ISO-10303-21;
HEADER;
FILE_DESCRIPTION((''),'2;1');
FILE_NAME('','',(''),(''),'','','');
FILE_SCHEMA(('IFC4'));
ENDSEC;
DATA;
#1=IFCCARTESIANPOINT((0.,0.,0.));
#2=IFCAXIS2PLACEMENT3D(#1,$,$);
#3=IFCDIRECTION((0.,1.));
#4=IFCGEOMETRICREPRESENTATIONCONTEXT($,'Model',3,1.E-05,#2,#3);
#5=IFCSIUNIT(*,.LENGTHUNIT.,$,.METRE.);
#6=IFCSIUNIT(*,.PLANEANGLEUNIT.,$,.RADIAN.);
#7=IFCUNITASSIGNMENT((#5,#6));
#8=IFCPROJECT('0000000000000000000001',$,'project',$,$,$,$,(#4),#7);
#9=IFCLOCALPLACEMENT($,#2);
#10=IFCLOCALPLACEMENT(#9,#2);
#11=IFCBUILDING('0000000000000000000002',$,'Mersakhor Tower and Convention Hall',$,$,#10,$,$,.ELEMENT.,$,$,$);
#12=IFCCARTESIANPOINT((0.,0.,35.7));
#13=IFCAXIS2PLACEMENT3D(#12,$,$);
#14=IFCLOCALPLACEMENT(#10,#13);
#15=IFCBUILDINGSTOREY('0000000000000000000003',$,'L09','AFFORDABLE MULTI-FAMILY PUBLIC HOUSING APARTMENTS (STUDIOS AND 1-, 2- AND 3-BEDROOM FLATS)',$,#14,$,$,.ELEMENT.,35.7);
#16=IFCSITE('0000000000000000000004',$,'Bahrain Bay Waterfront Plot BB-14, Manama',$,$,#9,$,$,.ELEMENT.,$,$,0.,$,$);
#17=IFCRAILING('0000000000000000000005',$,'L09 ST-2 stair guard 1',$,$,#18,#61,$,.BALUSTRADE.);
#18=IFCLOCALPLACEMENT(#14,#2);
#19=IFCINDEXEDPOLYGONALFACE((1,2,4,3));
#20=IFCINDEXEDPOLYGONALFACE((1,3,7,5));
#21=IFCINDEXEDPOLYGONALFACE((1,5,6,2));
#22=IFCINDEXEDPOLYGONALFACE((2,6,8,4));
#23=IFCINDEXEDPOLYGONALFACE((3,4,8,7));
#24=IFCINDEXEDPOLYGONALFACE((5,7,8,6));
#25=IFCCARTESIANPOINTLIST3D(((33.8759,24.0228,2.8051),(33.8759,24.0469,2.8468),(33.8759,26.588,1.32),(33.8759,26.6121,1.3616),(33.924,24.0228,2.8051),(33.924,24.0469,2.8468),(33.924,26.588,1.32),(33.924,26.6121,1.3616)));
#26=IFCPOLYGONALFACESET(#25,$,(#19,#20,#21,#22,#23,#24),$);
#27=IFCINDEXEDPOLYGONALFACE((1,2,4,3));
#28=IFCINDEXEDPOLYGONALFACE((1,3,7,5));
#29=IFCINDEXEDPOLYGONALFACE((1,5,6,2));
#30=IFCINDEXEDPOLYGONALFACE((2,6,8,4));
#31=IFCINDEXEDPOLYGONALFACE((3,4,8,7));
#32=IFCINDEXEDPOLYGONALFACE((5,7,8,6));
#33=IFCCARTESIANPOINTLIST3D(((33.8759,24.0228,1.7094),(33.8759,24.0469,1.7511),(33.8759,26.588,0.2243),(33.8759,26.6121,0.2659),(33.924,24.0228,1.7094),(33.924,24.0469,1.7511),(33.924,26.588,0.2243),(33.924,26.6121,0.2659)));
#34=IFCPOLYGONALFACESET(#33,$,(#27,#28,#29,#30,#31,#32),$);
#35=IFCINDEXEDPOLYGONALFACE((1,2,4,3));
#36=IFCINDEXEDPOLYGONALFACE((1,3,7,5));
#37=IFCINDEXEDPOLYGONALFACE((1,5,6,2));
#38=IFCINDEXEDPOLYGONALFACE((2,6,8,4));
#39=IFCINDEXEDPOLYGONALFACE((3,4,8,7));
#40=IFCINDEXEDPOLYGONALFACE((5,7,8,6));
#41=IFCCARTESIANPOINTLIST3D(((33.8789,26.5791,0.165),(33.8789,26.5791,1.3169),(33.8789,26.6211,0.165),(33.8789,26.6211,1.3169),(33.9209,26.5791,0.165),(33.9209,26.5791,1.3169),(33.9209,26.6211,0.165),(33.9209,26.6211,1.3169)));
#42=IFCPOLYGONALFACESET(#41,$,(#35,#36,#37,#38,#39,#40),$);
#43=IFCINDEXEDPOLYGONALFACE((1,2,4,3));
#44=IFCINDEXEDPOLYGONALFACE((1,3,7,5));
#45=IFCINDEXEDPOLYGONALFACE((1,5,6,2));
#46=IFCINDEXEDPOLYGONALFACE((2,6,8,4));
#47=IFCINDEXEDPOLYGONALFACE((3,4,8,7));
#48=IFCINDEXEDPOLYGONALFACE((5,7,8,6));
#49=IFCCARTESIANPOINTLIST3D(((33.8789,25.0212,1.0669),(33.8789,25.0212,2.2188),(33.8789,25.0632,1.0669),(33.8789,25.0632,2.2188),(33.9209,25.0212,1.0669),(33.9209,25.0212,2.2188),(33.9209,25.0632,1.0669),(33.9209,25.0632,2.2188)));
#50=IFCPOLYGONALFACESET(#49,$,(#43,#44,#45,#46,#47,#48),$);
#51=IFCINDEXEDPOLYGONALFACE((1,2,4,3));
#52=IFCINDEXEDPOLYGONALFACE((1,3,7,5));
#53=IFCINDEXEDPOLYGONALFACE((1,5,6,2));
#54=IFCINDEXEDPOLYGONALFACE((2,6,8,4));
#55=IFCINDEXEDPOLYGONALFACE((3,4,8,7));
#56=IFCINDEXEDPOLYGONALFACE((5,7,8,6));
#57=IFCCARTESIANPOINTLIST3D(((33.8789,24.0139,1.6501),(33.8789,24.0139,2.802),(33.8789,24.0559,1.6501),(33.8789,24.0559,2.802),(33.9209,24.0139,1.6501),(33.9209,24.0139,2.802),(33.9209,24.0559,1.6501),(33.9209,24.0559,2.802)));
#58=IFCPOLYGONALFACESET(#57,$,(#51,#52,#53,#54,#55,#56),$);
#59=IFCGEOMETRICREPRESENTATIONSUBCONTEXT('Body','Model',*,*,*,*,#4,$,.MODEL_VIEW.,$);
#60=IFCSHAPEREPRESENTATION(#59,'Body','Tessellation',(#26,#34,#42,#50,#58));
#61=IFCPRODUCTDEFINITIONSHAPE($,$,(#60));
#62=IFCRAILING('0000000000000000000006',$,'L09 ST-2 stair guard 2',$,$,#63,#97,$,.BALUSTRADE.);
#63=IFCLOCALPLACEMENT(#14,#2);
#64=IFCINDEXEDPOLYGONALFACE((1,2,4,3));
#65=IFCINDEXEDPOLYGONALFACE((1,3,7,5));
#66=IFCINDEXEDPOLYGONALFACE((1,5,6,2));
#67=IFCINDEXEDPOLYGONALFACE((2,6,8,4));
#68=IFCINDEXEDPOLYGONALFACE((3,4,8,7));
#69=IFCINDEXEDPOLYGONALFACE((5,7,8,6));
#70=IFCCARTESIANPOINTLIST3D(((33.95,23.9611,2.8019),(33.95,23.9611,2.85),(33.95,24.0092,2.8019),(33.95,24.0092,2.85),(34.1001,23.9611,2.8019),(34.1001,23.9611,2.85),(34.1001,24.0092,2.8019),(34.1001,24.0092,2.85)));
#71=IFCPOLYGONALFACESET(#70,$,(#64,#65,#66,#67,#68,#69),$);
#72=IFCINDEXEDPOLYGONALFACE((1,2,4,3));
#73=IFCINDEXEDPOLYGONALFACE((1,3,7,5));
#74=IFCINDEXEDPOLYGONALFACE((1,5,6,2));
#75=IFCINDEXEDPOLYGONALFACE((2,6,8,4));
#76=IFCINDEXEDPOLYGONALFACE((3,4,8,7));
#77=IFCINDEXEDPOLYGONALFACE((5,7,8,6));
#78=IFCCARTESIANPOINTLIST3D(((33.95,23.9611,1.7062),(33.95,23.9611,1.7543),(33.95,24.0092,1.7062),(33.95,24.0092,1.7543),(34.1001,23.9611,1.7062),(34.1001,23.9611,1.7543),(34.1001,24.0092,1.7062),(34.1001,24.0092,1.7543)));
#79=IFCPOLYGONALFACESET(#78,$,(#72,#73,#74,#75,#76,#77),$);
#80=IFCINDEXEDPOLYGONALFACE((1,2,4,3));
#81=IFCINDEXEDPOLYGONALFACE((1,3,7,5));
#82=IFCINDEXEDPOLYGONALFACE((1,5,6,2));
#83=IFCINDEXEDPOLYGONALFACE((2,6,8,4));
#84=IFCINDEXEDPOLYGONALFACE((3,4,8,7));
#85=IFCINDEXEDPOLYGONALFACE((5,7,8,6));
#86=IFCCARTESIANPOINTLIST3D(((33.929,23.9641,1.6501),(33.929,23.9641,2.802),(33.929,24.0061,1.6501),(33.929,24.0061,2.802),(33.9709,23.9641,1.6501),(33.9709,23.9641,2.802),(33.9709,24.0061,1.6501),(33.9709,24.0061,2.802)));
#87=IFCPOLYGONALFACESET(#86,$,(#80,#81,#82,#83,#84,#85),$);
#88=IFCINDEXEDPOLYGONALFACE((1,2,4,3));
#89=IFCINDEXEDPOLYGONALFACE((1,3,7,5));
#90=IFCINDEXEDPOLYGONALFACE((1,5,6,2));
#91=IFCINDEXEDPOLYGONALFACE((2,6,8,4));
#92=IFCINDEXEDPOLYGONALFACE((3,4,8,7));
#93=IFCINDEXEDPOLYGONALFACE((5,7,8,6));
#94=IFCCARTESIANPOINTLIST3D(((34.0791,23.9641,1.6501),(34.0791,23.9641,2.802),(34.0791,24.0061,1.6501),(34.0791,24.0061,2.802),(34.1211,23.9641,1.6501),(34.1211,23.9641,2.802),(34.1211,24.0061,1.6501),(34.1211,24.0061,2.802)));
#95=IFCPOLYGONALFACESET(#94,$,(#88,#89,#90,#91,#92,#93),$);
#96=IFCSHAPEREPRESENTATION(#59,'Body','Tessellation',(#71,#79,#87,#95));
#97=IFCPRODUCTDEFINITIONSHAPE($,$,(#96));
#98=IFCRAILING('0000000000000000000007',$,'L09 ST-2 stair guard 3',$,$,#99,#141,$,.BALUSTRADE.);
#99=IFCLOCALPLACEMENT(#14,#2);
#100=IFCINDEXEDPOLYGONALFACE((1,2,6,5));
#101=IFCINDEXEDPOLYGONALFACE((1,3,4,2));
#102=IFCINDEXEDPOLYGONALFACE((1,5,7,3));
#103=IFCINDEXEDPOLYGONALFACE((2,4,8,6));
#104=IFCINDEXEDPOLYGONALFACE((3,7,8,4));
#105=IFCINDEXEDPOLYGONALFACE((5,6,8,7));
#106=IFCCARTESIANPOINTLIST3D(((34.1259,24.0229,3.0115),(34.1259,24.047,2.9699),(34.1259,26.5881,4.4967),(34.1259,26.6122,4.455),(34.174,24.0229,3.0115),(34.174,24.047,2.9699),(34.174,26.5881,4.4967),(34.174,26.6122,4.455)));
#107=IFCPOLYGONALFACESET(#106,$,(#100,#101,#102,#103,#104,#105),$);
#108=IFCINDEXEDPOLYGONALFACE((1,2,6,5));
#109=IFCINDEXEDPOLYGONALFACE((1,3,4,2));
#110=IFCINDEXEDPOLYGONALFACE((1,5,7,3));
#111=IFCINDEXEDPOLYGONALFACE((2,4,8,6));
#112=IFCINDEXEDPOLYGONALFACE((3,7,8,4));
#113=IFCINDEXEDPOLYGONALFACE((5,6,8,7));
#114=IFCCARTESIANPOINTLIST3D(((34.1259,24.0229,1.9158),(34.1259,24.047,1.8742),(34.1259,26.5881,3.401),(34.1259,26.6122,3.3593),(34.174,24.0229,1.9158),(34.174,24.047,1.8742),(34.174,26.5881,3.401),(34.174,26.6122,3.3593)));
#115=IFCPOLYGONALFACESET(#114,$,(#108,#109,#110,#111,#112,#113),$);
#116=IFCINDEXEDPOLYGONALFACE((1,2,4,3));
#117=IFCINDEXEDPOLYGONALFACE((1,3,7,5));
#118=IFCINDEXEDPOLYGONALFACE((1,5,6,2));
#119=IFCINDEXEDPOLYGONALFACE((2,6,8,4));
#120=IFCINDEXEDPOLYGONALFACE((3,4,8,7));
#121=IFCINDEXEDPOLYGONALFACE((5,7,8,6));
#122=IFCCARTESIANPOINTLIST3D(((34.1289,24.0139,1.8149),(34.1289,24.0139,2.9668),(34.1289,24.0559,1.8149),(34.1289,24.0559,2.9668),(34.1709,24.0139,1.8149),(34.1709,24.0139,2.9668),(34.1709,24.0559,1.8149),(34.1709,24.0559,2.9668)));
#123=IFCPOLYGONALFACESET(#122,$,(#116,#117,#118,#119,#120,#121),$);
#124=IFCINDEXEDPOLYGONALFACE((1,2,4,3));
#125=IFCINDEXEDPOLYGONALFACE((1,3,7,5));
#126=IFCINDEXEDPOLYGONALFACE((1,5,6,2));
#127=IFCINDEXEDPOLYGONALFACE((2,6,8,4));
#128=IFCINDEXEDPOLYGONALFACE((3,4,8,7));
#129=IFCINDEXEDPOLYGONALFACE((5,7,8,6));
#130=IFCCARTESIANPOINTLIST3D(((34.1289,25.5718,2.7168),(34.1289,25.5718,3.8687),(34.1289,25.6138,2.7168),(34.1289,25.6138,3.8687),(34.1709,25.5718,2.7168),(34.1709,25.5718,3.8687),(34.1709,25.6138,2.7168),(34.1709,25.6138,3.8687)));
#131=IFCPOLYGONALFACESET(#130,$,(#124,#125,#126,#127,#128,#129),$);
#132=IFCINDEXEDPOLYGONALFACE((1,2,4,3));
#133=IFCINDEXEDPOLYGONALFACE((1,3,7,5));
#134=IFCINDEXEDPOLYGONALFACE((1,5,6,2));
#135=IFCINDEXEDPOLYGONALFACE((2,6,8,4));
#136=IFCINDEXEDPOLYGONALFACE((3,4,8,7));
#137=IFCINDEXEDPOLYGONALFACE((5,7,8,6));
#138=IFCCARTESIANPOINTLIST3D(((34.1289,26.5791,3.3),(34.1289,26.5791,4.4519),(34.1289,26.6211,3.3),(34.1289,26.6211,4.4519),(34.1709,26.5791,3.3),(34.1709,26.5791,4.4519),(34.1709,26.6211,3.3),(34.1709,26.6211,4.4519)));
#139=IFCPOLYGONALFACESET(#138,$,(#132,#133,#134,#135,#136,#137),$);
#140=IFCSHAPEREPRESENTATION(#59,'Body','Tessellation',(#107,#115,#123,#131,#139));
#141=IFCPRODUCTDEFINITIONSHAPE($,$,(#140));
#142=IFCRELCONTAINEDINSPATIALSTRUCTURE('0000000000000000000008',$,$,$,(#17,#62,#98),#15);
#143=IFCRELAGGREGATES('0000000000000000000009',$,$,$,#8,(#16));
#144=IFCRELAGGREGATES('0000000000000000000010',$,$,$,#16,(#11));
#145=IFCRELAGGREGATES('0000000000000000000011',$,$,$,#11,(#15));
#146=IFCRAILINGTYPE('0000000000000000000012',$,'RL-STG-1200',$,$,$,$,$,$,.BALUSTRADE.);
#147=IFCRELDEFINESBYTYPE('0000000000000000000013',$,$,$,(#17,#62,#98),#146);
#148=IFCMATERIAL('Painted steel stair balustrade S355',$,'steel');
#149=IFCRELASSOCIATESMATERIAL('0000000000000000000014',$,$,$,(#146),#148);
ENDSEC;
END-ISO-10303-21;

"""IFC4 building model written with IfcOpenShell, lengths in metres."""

from ifc_helpers import new_model, si_unit, direction, frame, origin, origin_2d, place, context, subcontext, project, spatial, rectangle, extrude, material, type_object, element, save


model = new_model("IFC4")

# Units and contexts
model_context = context("Model", 3, precision=1e-05, world=origin(), true_north=direction((0.0, 1.0)))
body_context = subcontext(model_context, "Body", "Model", "MODEL_VIEW")
ifc_project = project(units=[si_unit("LENGTHUNIT", "METRE"), si_unit("PLANEANGLEUNIT", "RADIAN")], contexts=[model_context])

# Site, building, storey
site_placement = place(None, origin())
site = spatial("IfcSite", under=ifc_project, at=site_placement, Name="Bahrain Bay Waterfront Plot BB-14, Manama", CompositionType="ELEMENT", RefElevation=0.0)
building_placement = place(site_placement, origin())
building = spatial("IfcBuilding", under=site, at=building_placement, Name="Mersakhor Tower and Convention Hall", CompositionType="ELEMENT")
storey_placement = place(building_placement, frame((0.0, 0.0, 35.7)))
storey = spatial("IfcBuildingStorey", under=building, at=storey_placement, Name="L09", Description="AFFORDABLE MULTI-FAMILY PUBLIC HOUSING APARTMENTS (STUDIOS AND 1-, 2- AND 3-BEDROOM FLATS)", CompositionType="ELEMENT", Elevation=35.7)

# Railings
ifc_material_1 = material(Name="Painted steel stair balustrade S355", Category="steel")
railing_type_1 = type_object("IfcRailingType", Name="RL-STG-1200", PredefinedType="BALUSTRADE", material=ifc_material_1)
railing_1_placement = place(storey_placement, frame((33.8999, 26.6001, 0.165)))
element("IfcRailing", 1, at=railing_1_placement, inside=storey, type_object=railing_type_1, Name="L09 ST-2 stair guard 1", PredefinedType="BALUSTRADE", context=body_context, shape_type="SweptSolid", body=[
    extrude(rectangle(XDim=0.0481, YDim=0.0481, at=origin_2d()), frame((0.0, 0.0, 1.1758), z_axis=(0.0, -0.865426, 0.501036), x_axis=(1.0, 0.0, 0.0)), (0.0, 0.0, 1.0), 2.9641),
    extrude(rectangle(XDim=0.0481, YDim=0.0481, at=origin_2d()), frame((0.0, 0.0, 0.0801), z_axis=(0.0, -0.865426, 0.501036), x_axis=(1.0, 0.0, 0.0)), (0.0, 0.0, 1.0), 2.9641),
    extrude(rectangle(XDim=0.042, YDim=0.042, at=origin_2d()), origin(), (0.0, 0.0, 1.0), 1.1519),
    extrude(rectangle(XDim=0.042, YDim=0.042, at=origin_2d()), frame((0.0, -1.5579, 0.9019)), (0.0, 0.0, 1.0), 1.1519),
    extrude(rectangle(XDim=0.042, YDim=0.042, at=origin_2d()), frame((0.0, -2.5652, 1.4851)), (0.0, 0.0, 1.0), 1.1519),
])
railing_2_placement = place(storey_placement, frame((33.95, 23.9851, 1.6501)))
element("IfcRailing", 2, at=railing_2_placement, inside=storey, type_object=railing_type_1, Name="L09 ST-2 stair guard 2", PredefinedType="BALUSTRADE", context=body_context, shape_type="SweptSolid", body=[
    extrude(rectangle(XDim=0.0481, YDim=0.0481, at=origin_2d()), frame((0.0, 0.0, 1.1758), z_axis=(1.0, 0.0, 0.0), x_axis=(0.0, 1.0, 0.0)), (0.0, 0.0, 1.0), 0.1501),
    extrude(rectangle(XDim=0.0481, YDim=0.0481, at=origin_2d()), frame((0.0, 0.0, 0.0801), z_axis=(1.0, 0.0, 0.0), x_axis=(0.0, 1.0, 0.0)), (0.0, 0.0, 1.0), 0.1501),
    extrude(rectangle(XDim=0.042, YDim=0.042, at=origin_2d()), origin(), (0.0, 0.0, 1.0), 1.1519),
    extrude(rectangle(XDim=0.042, YDim=0.042, at=origin_2d()), frame((0.1501, 0.0, 0.0)), (0.0, 0.0, 1.0), 1.1519),
])
railing_3_placement = place(storey_placement, frame((34.1499, 24.0349, 1.8149)))
element("IfcRailing", 3, at=railing_3_placement, inside=storey, type_object=railing_type_1, Name="L09 ST-2 stair guard 3", PredefinedType="BALUSTRADE", context=body_context, shape_type="SweptSolid", body=[
    extrude(rectangle(XDim=0.0481, YDim=0.0481, at=origin_2d()), frame((0.0, 0.0, 1.1758), z_axis=(0.0, 0.865426, 0.501036), x_axis=(-1.0, 0.0, 0.0)), (0.0, 0.0, 1.0), 2.9641),
    extrude(rectangle(XDim=0.0481, YDim=0.0481, at=origin_2d()), frame((0.0, 0.0, 0.0801), z_axis=(0.0, 0.865426, 0.501036), x_axis=(-1.0, 0.0, 0.0)), (0.0, 0.0, 1.0), 2.9641),
    extrude(rectangle(XDim=0.042, YDim=0.042, at=origin_2d()), origin(), (0.0, 0.0, 1.0), 1.1519),
    extrude(rectangle(XDim=0.042, YDim=0.042, at=origin_2d()), frame((0.0, 1.5579, 0.9019)), (0.0, 0.0, 1.0), 1.1519),
    extrude(rectangle(XDim=0.042, YDim=0.042, at=origin_2d()), frame((0.0, 2.5652, 1.4851)), (0.0, 0.0, 1.0), 1.1519),
])

save(model, "model.ifc")
